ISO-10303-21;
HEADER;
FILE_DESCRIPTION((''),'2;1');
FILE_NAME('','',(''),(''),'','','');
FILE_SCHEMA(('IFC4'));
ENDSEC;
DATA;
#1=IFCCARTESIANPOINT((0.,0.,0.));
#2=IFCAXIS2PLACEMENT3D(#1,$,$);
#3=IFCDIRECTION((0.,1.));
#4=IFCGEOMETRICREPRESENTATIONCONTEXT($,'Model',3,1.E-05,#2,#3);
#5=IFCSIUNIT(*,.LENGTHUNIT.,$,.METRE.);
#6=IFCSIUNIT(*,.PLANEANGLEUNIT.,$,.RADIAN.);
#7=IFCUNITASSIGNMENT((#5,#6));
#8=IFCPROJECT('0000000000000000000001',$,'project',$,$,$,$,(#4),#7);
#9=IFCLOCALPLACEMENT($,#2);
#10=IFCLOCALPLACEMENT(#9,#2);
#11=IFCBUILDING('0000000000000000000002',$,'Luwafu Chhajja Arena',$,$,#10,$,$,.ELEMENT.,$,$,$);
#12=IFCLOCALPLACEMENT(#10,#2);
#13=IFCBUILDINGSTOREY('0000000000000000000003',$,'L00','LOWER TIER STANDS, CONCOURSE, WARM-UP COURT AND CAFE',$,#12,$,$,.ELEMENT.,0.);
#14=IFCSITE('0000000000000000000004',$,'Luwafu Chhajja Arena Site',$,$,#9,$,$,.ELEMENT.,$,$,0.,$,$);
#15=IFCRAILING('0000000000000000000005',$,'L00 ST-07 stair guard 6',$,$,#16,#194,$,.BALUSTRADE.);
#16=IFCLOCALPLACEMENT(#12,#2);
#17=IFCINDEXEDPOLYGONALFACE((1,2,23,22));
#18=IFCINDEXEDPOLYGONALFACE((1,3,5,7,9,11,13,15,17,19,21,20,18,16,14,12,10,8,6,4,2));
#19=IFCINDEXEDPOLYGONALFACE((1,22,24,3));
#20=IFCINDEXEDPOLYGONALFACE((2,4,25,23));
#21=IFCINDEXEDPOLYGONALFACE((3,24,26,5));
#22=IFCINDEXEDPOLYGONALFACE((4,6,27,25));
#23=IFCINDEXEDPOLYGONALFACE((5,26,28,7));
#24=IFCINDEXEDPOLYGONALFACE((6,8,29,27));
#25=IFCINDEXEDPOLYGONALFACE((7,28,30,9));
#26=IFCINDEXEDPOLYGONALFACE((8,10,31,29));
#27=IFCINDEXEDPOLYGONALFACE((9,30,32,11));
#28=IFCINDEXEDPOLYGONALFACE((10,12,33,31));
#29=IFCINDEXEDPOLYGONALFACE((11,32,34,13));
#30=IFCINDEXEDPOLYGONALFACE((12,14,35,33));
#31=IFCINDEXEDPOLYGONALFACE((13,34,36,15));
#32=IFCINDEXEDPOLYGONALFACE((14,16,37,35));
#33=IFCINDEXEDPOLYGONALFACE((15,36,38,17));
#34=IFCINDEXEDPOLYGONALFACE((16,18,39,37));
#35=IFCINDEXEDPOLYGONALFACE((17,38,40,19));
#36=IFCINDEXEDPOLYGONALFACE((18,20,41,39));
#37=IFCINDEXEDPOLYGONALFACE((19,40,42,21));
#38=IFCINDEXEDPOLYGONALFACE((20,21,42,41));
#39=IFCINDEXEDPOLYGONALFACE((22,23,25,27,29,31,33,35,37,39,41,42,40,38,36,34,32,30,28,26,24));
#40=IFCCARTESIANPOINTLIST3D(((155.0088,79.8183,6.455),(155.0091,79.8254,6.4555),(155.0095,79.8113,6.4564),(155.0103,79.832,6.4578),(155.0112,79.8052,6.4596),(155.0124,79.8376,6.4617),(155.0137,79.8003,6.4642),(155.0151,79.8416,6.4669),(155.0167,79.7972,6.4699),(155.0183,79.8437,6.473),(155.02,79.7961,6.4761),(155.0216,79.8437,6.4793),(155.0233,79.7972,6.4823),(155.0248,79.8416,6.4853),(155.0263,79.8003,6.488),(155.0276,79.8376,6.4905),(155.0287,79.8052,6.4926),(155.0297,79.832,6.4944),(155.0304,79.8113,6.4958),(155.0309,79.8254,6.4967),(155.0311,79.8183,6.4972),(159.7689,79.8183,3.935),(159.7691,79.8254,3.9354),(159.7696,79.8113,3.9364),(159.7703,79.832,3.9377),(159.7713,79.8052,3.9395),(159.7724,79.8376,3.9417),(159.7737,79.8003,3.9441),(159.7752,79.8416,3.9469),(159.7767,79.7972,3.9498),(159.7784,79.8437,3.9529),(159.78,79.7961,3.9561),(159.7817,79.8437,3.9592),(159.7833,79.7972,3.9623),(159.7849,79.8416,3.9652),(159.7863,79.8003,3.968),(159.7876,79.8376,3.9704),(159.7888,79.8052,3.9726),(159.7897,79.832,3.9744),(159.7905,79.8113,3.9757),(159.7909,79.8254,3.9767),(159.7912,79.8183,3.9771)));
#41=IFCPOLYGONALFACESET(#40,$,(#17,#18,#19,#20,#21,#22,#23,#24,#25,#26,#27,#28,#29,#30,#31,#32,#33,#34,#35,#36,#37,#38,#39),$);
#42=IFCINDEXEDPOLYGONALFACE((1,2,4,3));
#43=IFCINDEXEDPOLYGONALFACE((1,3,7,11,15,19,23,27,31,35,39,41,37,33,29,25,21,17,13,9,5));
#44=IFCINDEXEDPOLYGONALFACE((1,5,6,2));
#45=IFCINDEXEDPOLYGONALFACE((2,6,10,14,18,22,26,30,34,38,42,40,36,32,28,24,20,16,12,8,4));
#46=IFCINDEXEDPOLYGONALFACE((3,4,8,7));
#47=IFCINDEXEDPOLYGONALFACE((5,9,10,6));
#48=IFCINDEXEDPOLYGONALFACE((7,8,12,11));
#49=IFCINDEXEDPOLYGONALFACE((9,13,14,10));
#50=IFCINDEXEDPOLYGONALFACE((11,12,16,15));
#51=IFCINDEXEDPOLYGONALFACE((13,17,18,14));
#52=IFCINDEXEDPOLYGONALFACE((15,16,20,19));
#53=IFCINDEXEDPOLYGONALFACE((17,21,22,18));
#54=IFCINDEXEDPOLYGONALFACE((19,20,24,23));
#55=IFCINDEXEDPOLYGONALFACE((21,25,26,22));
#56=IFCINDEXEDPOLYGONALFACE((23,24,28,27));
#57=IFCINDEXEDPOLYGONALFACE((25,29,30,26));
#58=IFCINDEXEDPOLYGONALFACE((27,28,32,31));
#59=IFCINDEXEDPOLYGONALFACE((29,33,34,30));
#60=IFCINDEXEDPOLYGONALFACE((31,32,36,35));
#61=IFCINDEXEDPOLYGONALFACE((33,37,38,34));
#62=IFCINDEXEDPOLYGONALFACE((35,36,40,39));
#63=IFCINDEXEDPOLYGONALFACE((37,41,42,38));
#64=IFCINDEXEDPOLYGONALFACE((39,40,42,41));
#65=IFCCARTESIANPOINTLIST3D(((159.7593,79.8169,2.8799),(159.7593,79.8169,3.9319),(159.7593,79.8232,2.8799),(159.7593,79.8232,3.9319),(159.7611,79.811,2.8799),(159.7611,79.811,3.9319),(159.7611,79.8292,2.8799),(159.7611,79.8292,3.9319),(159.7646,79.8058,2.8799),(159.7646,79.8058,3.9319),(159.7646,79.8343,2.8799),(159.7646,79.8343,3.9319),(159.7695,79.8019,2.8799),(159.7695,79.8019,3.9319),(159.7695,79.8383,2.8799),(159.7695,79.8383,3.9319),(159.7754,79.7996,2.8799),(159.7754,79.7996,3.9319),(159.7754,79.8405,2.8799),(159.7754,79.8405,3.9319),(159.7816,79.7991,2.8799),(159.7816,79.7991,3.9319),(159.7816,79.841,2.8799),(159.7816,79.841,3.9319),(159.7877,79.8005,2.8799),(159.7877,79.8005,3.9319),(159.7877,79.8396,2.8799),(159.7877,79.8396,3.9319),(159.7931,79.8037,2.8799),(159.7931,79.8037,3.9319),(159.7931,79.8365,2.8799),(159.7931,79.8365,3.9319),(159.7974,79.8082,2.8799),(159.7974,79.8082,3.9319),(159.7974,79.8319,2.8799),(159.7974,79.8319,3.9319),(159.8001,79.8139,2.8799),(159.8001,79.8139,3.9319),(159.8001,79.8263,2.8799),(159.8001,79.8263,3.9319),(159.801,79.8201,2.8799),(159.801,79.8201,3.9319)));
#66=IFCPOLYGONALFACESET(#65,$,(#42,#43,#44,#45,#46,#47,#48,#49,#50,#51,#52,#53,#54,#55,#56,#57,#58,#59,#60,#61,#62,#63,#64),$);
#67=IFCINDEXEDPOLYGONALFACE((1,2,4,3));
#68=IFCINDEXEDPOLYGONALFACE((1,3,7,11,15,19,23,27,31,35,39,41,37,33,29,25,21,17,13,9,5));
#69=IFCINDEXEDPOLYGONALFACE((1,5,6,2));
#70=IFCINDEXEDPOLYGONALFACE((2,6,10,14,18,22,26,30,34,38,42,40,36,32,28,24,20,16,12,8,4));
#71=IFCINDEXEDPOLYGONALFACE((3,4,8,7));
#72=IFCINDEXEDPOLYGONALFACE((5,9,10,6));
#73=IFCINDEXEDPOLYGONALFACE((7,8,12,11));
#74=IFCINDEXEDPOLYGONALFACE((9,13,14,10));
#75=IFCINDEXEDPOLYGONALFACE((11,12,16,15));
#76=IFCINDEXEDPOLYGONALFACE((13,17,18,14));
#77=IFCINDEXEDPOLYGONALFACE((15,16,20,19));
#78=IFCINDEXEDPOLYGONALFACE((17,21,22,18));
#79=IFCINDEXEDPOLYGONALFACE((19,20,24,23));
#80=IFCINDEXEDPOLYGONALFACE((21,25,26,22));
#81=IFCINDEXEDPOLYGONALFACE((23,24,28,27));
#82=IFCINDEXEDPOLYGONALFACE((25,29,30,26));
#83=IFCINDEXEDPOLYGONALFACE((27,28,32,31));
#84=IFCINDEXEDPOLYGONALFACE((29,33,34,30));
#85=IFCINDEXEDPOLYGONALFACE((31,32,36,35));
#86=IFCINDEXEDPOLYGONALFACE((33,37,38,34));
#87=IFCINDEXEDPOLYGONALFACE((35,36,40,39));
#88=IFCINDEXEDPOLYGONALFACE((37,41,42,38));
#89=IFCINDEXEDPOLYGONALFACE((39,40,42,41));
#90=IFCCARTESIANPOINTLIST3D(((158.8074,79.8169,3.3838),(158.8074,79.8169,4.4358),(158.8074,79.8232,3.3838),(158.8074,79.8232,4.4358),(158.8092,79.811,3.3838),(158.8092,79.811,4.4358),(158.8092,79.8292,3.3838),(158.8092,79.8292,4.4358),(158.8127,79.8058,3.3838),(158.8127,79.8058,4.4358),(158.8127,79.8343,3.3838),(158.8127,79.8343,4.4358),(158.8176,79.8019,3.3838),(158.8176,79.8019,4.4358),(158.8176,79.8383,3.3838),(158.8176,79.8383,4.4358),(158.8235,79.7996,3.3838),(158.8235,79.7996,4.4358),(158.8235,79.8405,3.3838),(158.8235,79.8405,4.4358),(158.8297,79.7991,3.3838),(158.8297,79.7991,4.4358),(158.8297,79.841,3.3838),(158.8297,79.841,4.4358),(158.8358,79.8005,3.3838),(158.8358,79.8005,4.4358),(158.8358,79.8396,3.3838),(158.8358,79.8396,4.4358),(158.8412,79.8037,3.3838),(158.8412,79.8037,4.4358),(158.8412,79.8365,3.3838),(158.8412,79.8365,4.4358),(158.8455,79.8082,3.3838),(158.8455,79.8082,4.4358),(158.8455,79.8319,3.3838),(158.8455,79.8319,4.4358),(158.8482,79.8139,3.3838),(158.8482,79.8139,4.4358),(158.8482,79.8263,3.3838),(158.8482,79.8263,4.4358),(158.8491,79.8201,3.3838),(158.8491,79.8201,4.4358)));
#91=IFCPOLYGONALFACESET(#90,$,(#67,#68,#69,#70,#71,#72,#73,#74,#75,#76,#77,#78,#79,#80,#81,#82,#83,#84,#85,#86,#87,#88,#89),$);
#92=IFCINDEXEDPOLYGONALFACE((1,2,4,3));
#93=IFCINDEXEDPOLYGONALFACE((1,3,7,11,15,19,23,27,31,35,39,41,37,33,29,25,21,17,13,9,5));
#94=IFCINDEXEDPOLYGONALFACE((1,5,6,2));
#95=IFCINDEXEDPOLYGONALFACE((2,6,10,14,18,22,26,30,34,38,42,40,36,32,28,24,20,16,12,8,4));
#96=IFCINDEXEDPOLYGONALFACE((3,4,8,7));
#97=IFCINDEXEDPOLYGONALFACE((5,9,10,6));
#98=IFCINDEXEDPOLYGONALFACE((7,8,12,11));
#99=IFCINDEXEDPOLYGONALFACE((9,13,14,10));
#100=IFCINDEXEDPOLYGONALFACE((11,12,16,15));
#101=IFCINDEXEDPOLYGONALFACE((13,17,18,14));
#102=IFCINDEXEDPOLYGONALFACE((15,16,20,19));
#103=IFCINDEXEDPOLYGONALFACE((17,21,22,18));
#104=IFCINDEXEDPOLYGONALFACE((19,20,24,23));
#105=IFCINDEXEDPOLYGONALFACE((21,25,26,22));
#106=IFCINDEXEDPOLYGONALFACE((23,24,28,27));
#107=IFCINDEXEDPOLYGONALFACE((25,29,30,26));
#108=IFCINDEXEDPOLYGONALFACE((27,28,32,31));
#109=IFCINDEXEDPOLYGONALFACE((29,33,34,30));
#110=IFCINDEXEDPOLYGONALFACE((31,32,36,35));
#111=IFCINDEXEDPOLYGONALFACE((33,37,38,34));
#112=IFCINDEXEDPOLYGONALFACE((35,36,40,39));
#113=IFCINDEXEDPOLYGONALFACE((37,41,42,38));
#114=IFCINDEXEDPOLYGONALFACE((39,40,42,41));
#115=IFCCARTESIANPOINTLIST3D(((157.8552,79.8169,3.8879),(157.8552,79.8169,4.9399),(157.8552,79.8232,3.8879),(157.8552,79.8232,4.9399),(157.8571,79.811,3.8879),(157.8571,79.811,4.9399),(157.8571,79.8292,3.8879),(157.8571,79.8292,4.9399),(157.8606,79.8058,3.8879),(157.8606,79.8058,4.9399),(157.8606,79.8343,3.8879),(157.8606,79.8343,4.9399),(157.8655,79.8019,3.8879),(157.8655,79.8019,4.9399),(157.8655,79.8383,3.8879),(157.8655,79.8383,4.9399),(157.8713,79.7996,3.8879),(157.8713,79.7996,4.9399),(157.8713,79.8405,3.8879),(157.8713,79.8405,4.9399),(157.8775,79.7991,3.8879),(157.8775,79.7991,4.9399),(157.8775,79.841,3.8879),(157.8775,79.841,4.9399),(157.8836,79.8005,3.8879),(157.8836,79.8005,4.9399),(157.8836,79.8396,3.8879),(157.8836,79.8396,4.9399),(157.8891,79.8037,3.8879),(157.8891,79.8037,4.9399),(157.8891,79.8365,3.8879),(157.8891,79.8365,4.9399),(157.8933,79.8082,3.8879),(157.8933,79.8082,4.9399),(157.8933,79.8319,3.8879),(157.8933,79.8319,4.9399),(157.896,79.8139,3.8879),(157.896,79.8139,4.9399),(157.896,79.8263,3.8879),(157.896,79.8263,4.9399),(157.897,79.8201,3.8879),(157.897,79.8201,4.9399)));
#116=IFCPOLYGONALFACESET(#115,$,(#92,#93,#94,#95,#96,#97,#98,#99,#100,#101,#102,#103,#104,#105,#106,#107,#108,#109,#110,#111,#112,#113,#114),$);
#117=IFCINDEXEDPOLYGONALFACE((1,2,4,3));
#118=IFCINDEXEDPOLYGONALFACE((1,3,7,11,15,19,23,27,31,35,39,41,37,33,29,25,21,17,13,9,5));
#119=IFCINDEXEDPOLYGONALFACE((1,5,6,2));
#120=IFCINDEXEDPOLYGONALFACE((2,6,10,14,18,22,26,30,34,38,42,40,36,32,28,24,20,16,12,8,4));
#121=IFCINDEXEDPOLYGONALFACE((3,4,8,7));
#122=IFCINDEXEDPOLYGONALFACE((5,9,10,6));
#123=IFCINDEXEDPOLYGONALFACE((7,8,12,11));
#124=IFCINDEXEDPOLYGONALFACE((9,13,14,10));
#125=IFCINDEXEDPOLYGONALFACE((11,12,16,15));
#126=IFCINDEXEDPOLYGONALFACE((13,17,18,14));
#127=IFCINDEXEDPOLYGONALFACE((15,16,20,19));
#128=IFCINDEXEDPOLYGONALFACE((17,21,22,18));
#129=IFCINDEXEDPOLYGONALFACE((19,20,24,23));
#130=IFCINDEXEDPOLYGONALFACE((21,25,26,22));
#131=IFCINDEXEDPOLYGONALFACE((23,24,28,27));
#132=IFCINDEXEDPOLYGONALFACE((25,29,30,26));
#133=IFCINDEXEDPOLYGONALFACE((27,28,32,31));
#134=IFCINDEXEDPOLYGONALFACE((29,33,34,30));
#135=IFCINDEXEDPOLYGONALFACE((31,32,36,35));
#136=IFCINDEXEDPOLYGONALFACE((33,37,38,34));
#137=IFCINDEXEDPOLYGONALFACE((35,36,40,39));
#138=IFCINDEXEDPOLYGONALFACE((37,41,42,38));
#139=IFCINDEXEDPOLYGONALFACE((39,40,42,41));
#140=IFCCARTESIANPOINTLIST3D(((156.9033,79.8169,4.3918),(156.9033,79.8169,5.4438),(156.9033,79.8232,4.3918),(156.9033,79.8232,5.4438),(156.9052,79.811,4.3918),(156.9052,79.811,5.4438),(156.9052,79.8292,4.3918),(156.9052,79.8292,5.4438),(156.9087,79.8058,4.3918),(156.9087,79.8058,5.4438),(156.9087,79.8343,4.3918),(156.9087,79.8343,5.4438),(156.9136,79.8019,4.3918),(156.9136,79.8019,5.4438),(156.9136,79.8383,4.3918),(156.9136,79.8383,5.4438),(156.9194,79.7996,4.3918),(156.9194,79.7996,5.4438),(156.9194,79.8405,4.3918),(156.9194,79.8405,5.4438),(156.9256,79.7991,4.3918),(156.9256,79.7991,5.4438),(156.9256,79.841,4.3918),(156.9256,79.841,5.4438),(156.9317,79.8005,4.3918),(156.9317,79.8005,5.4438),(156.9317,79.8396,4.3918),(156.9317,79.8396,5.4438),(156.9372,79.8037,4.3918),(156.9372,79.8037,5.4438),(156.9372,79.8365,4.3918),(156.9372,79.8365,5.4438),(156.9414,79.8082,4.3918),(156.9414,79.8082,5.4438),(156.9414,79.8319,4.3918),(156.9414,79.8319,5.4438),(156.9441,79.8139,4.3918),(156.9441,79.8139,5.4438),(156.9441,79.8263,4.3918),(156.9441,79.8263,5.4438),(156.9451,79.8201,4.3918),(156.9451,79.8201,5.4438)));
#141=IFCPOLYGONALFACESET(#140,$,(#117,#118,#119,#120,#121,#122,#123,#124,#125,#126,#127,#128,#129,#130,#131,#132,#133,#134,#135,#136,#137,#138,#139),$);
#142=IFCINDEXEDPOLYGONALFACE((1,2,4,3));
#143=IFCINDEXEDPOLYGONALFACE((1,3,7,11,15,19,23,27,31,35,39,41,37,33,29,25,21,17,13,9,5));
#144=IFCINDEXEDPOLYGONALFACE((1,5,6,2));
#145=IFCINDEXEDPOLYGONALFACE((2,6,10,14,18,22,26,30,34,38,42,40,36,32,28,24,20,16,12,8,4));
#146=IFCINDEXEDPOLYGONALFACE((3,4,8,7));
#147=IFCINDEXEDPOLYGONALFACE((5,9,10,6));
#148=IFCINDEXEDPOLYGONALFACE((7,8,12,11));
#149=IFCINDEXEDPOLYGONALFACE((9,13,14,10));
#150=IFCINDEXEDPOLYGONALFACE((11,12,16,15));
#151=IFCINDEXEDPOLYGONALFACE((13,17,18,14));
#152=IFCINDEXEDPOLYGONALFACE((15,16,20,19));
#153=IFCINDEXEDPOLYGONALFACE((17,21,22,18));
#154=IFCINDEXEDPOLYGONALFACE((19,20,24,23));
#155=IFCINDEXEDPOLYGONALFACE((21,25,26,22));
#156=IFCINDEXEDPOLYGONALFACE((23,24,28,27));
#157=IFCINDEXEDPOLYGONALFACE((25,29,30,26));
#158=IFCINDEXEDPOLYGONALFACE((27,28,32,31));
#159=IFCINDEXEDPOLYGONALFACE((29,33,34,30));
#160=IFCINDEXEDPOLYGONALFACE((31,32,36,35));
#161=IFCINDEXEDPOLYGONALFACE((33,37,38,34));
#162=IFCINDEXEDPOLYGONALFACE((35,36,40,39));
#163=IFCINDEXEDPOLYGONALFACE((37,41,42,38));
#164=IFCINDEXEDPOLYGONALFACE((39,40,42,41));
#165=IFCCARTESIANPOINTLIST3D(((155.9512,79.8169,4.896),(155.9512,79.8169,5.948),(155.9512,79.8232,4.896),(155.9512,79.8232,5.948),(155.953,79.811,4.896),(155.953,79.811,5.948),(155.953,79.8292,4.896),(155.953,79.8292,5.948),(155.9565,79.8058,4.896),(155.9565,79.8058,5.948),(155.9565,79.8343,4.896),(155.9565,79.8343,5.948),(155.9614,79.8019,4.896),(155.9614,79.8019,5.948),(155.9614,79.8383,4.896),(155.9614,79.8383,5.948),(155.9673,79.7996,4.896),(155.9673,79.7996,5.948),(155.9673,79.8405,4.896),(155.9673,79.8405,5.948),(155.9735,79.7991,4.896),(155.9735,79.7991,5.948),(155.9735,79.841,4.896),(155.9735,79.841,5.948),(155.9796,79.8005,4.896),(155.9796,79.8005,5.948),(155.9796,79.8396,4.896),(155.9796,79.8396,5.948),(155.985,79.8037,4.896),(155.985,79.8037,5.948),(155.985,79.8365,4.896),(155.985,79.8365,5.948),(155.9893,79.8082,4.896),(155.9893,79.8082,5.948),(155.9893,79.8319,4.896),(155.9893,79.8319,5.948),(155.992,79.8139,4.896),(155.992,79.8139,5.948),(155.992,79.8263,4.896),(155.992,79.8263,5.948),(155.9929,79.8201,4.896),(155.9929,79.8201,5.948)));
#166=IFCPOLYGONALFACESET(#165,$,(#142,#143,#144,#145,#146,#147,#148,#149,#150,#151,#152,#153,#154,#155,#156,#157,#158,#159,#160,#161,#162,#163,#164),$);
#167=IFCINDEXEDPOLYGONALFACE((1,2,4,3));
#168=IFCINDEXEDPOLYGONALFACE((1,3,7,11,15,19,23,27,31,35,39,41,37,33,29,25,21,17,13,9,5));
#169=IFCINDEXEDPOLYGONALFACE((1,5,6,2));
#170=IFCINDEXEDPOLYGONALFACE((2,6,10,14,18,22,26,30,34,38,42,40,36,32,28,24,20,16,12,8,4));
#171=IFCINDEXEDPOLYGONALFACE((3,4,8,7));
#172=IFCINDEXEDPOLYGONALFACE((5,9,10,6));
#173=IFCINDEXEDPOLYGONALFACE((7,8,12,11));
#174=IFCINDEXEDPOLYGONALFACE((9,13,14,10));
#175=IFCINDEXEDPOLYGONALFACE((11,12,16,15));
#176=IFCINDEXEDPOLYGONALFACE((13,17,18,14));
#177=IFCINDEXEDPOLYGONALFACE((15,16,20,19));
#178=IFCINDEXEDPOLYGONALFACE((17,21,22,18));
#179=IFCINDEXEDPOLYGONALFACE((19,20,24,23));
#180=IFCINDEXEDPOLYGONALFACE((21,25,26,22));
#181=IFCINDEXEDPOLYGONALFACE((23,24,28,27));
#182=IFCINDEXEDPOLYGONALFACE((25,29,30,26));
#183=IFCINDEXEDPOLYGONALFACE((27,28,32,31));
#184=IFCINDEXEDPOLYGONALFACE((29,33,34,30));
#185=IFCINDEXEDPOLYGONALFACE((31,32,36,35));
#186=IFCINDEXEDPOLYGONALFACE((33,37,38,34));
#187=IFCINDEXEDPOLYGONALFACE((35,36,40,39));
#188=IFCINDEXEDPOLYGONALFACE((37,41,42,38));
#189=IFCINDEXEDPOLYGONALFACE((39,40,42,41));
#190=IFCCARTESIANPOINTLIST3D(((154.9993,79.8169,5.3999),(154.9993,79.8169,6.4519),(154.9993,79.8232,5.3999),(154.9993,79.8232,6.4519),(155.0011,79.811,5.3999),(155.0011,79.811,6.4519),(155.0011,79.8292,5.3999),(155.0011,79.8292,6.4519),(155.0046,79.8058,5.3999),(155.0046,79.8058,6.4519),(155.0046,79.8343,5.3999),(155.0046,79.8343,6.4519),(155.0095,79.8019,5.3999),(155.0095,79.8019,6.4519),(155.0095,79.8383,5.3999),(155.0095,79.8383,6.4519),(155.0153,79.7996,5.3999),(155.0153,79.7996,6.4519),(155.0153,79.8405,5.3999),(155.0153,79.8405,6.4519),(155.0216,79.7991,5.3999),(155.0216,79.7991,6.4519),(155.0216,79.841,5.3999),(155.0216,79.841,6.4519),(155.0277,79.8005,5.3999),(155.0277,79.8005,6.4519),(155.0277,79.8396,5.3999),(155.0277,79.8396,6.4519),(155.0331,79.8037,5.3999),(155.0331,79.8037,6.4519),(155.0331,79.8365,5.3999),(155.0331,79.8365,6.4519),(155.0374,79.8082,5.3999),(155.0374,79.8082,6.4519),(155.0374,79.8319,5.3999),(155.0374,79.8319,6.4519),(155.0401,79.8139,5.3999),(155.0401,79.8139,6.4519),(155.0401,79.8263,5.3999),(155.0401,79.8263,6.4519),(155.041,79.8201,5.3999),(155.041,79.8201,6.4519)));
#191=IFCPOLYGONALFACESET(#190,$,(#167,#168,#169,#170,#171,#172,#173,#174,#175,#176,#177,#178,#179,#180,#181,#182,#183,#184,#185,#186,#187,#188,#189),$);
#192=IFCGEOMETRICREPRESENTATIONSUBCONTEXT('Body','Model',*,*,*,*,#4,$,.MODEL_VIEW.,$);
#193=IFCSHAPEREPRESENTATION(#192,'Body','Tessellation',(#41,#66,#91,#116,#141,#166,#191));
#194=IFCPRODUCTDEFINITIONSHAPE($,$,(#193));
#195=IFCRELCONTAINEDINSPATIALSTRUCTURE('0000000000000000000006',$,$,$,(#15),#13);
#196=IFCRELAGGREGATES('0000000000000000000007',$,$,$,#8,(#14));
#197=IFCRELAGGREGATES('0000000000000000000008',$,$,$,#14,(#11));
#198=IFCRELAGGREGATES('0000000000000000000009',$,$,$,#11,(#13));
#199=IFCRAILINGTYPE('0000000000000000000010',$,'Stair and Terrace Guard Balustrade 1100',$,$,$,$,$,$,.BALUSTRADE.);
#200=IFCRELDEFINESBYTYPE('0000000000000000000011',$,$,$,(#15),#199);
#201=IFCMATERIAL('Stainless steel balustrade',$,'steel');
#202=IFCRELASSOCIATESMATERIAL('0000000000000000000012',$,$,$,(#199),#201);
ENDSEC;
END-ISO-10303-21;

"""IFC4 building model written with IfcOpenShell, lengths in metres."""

from ifc_helpers import new_model, si_unit, direction, frame, origin, origin_2d, place, context, subcontext, project, spatial, circle, extrude, material, type_object, element, save


model = new_model("IFC4")

# Units and contexts
model_context = context("Model", 3, precision=1e-05, world=origin(), true_north=direction((0.0, 1.0)))
body_context = subcontext(model_context, "Body", "Model", "MODEL_VIEW")
ifc_project = project(units=[si_unit("LENGTHUNIT", "METRE"), si_unit("PLANEANGLEUNIT", "RADIAN")], contexts=[model_context])

# Site, building, storey
site_placement = place(None, origin())
site = spatial("IfcSite", under=ifc_project, at=site_placement, Name="Luwafu Chhajja Arena Site", CompositionType="ELEMENT", RefElevation=0.0)
building_placement = place(site_placement, origin())
building = spatial("IfcBuilding", under=site, at=building_placement, Name="Luwafu Chhajja Arena", CompositionType="ELEMENT")
storey_placement = place(building_placement, origin())
storey = spatial("IfcBuildingStorey", under=building, at=storey_placement, Name="L00", Description="LOWER TIER STANDS, CONCOURSE, WARM-UP COURT AND CAFE", CompositionType="ELEMENT", Elevation=0.0)

# Railing
ifc_material_1 = material(Name="Stainless steel balustrade", Category="steel")
railing_type_1 = type_object("IfcRailingType", Name="Stair and Terrace Guard Balustrade 1100", PredefinedType="BALUSTRADE", material=ifc_material_1)
railing_1_placement = place(storey_placement, frame((159.78, 79.8201, 2.8799)))
element("IfcRailing", 1, at=railing_1_placement, inside=storey, type_object=railing_type_1, Name="L00 ST-07 stair guard 6", PredefinedType="BALUSTRADE", context=body_context, shape_type="SweptSolid", body=[
    extrude(circle(Radius=0.0239, at=origin_2d()), frame((0.0, 0.0, 1.0762), z_axis=(-0.883787, 0.0, 0.46789), x_axis=(0.0, -1.0, 0.0)), (0.0, 0.0, 1.0), 5.386),
    extrude(circle(Radius=0.021, at=origin_2d()), origin(), (0.0, 0.0, 1.0), 1.052),
    extrude(circle(Radius=0.021, at=origin_2d()), frame((-0.9519, 0.0, 0.5039)), (0.0, 0.0, 1.0), 1.052),
    extrude(circle(Radius=0.021, at=origin_2d()), frame((-1.9041, 0.0, 1.0081)), (0.0, 0.0, 1.0), 1.052),
    extrude(circle(Radius=0.021, at=origin_2d()), frame((-2.856, 0.0, 1.512)), (0.0, 0.0, 1.0), 1.052),
    extrude(circle(Radius=0.021, at=origin_2d()), frame((-3.8081, 0.0, 2.0161)), (0.0, 0.0, 1.0), 1.052),
    extrude(circle(Radius=0.021, at=origin_2d()), frame((-4.76, 0.0, 2.52)), (0.0, 0.0, 1.0), 1.052),
])

save(model, "model.ifc")
